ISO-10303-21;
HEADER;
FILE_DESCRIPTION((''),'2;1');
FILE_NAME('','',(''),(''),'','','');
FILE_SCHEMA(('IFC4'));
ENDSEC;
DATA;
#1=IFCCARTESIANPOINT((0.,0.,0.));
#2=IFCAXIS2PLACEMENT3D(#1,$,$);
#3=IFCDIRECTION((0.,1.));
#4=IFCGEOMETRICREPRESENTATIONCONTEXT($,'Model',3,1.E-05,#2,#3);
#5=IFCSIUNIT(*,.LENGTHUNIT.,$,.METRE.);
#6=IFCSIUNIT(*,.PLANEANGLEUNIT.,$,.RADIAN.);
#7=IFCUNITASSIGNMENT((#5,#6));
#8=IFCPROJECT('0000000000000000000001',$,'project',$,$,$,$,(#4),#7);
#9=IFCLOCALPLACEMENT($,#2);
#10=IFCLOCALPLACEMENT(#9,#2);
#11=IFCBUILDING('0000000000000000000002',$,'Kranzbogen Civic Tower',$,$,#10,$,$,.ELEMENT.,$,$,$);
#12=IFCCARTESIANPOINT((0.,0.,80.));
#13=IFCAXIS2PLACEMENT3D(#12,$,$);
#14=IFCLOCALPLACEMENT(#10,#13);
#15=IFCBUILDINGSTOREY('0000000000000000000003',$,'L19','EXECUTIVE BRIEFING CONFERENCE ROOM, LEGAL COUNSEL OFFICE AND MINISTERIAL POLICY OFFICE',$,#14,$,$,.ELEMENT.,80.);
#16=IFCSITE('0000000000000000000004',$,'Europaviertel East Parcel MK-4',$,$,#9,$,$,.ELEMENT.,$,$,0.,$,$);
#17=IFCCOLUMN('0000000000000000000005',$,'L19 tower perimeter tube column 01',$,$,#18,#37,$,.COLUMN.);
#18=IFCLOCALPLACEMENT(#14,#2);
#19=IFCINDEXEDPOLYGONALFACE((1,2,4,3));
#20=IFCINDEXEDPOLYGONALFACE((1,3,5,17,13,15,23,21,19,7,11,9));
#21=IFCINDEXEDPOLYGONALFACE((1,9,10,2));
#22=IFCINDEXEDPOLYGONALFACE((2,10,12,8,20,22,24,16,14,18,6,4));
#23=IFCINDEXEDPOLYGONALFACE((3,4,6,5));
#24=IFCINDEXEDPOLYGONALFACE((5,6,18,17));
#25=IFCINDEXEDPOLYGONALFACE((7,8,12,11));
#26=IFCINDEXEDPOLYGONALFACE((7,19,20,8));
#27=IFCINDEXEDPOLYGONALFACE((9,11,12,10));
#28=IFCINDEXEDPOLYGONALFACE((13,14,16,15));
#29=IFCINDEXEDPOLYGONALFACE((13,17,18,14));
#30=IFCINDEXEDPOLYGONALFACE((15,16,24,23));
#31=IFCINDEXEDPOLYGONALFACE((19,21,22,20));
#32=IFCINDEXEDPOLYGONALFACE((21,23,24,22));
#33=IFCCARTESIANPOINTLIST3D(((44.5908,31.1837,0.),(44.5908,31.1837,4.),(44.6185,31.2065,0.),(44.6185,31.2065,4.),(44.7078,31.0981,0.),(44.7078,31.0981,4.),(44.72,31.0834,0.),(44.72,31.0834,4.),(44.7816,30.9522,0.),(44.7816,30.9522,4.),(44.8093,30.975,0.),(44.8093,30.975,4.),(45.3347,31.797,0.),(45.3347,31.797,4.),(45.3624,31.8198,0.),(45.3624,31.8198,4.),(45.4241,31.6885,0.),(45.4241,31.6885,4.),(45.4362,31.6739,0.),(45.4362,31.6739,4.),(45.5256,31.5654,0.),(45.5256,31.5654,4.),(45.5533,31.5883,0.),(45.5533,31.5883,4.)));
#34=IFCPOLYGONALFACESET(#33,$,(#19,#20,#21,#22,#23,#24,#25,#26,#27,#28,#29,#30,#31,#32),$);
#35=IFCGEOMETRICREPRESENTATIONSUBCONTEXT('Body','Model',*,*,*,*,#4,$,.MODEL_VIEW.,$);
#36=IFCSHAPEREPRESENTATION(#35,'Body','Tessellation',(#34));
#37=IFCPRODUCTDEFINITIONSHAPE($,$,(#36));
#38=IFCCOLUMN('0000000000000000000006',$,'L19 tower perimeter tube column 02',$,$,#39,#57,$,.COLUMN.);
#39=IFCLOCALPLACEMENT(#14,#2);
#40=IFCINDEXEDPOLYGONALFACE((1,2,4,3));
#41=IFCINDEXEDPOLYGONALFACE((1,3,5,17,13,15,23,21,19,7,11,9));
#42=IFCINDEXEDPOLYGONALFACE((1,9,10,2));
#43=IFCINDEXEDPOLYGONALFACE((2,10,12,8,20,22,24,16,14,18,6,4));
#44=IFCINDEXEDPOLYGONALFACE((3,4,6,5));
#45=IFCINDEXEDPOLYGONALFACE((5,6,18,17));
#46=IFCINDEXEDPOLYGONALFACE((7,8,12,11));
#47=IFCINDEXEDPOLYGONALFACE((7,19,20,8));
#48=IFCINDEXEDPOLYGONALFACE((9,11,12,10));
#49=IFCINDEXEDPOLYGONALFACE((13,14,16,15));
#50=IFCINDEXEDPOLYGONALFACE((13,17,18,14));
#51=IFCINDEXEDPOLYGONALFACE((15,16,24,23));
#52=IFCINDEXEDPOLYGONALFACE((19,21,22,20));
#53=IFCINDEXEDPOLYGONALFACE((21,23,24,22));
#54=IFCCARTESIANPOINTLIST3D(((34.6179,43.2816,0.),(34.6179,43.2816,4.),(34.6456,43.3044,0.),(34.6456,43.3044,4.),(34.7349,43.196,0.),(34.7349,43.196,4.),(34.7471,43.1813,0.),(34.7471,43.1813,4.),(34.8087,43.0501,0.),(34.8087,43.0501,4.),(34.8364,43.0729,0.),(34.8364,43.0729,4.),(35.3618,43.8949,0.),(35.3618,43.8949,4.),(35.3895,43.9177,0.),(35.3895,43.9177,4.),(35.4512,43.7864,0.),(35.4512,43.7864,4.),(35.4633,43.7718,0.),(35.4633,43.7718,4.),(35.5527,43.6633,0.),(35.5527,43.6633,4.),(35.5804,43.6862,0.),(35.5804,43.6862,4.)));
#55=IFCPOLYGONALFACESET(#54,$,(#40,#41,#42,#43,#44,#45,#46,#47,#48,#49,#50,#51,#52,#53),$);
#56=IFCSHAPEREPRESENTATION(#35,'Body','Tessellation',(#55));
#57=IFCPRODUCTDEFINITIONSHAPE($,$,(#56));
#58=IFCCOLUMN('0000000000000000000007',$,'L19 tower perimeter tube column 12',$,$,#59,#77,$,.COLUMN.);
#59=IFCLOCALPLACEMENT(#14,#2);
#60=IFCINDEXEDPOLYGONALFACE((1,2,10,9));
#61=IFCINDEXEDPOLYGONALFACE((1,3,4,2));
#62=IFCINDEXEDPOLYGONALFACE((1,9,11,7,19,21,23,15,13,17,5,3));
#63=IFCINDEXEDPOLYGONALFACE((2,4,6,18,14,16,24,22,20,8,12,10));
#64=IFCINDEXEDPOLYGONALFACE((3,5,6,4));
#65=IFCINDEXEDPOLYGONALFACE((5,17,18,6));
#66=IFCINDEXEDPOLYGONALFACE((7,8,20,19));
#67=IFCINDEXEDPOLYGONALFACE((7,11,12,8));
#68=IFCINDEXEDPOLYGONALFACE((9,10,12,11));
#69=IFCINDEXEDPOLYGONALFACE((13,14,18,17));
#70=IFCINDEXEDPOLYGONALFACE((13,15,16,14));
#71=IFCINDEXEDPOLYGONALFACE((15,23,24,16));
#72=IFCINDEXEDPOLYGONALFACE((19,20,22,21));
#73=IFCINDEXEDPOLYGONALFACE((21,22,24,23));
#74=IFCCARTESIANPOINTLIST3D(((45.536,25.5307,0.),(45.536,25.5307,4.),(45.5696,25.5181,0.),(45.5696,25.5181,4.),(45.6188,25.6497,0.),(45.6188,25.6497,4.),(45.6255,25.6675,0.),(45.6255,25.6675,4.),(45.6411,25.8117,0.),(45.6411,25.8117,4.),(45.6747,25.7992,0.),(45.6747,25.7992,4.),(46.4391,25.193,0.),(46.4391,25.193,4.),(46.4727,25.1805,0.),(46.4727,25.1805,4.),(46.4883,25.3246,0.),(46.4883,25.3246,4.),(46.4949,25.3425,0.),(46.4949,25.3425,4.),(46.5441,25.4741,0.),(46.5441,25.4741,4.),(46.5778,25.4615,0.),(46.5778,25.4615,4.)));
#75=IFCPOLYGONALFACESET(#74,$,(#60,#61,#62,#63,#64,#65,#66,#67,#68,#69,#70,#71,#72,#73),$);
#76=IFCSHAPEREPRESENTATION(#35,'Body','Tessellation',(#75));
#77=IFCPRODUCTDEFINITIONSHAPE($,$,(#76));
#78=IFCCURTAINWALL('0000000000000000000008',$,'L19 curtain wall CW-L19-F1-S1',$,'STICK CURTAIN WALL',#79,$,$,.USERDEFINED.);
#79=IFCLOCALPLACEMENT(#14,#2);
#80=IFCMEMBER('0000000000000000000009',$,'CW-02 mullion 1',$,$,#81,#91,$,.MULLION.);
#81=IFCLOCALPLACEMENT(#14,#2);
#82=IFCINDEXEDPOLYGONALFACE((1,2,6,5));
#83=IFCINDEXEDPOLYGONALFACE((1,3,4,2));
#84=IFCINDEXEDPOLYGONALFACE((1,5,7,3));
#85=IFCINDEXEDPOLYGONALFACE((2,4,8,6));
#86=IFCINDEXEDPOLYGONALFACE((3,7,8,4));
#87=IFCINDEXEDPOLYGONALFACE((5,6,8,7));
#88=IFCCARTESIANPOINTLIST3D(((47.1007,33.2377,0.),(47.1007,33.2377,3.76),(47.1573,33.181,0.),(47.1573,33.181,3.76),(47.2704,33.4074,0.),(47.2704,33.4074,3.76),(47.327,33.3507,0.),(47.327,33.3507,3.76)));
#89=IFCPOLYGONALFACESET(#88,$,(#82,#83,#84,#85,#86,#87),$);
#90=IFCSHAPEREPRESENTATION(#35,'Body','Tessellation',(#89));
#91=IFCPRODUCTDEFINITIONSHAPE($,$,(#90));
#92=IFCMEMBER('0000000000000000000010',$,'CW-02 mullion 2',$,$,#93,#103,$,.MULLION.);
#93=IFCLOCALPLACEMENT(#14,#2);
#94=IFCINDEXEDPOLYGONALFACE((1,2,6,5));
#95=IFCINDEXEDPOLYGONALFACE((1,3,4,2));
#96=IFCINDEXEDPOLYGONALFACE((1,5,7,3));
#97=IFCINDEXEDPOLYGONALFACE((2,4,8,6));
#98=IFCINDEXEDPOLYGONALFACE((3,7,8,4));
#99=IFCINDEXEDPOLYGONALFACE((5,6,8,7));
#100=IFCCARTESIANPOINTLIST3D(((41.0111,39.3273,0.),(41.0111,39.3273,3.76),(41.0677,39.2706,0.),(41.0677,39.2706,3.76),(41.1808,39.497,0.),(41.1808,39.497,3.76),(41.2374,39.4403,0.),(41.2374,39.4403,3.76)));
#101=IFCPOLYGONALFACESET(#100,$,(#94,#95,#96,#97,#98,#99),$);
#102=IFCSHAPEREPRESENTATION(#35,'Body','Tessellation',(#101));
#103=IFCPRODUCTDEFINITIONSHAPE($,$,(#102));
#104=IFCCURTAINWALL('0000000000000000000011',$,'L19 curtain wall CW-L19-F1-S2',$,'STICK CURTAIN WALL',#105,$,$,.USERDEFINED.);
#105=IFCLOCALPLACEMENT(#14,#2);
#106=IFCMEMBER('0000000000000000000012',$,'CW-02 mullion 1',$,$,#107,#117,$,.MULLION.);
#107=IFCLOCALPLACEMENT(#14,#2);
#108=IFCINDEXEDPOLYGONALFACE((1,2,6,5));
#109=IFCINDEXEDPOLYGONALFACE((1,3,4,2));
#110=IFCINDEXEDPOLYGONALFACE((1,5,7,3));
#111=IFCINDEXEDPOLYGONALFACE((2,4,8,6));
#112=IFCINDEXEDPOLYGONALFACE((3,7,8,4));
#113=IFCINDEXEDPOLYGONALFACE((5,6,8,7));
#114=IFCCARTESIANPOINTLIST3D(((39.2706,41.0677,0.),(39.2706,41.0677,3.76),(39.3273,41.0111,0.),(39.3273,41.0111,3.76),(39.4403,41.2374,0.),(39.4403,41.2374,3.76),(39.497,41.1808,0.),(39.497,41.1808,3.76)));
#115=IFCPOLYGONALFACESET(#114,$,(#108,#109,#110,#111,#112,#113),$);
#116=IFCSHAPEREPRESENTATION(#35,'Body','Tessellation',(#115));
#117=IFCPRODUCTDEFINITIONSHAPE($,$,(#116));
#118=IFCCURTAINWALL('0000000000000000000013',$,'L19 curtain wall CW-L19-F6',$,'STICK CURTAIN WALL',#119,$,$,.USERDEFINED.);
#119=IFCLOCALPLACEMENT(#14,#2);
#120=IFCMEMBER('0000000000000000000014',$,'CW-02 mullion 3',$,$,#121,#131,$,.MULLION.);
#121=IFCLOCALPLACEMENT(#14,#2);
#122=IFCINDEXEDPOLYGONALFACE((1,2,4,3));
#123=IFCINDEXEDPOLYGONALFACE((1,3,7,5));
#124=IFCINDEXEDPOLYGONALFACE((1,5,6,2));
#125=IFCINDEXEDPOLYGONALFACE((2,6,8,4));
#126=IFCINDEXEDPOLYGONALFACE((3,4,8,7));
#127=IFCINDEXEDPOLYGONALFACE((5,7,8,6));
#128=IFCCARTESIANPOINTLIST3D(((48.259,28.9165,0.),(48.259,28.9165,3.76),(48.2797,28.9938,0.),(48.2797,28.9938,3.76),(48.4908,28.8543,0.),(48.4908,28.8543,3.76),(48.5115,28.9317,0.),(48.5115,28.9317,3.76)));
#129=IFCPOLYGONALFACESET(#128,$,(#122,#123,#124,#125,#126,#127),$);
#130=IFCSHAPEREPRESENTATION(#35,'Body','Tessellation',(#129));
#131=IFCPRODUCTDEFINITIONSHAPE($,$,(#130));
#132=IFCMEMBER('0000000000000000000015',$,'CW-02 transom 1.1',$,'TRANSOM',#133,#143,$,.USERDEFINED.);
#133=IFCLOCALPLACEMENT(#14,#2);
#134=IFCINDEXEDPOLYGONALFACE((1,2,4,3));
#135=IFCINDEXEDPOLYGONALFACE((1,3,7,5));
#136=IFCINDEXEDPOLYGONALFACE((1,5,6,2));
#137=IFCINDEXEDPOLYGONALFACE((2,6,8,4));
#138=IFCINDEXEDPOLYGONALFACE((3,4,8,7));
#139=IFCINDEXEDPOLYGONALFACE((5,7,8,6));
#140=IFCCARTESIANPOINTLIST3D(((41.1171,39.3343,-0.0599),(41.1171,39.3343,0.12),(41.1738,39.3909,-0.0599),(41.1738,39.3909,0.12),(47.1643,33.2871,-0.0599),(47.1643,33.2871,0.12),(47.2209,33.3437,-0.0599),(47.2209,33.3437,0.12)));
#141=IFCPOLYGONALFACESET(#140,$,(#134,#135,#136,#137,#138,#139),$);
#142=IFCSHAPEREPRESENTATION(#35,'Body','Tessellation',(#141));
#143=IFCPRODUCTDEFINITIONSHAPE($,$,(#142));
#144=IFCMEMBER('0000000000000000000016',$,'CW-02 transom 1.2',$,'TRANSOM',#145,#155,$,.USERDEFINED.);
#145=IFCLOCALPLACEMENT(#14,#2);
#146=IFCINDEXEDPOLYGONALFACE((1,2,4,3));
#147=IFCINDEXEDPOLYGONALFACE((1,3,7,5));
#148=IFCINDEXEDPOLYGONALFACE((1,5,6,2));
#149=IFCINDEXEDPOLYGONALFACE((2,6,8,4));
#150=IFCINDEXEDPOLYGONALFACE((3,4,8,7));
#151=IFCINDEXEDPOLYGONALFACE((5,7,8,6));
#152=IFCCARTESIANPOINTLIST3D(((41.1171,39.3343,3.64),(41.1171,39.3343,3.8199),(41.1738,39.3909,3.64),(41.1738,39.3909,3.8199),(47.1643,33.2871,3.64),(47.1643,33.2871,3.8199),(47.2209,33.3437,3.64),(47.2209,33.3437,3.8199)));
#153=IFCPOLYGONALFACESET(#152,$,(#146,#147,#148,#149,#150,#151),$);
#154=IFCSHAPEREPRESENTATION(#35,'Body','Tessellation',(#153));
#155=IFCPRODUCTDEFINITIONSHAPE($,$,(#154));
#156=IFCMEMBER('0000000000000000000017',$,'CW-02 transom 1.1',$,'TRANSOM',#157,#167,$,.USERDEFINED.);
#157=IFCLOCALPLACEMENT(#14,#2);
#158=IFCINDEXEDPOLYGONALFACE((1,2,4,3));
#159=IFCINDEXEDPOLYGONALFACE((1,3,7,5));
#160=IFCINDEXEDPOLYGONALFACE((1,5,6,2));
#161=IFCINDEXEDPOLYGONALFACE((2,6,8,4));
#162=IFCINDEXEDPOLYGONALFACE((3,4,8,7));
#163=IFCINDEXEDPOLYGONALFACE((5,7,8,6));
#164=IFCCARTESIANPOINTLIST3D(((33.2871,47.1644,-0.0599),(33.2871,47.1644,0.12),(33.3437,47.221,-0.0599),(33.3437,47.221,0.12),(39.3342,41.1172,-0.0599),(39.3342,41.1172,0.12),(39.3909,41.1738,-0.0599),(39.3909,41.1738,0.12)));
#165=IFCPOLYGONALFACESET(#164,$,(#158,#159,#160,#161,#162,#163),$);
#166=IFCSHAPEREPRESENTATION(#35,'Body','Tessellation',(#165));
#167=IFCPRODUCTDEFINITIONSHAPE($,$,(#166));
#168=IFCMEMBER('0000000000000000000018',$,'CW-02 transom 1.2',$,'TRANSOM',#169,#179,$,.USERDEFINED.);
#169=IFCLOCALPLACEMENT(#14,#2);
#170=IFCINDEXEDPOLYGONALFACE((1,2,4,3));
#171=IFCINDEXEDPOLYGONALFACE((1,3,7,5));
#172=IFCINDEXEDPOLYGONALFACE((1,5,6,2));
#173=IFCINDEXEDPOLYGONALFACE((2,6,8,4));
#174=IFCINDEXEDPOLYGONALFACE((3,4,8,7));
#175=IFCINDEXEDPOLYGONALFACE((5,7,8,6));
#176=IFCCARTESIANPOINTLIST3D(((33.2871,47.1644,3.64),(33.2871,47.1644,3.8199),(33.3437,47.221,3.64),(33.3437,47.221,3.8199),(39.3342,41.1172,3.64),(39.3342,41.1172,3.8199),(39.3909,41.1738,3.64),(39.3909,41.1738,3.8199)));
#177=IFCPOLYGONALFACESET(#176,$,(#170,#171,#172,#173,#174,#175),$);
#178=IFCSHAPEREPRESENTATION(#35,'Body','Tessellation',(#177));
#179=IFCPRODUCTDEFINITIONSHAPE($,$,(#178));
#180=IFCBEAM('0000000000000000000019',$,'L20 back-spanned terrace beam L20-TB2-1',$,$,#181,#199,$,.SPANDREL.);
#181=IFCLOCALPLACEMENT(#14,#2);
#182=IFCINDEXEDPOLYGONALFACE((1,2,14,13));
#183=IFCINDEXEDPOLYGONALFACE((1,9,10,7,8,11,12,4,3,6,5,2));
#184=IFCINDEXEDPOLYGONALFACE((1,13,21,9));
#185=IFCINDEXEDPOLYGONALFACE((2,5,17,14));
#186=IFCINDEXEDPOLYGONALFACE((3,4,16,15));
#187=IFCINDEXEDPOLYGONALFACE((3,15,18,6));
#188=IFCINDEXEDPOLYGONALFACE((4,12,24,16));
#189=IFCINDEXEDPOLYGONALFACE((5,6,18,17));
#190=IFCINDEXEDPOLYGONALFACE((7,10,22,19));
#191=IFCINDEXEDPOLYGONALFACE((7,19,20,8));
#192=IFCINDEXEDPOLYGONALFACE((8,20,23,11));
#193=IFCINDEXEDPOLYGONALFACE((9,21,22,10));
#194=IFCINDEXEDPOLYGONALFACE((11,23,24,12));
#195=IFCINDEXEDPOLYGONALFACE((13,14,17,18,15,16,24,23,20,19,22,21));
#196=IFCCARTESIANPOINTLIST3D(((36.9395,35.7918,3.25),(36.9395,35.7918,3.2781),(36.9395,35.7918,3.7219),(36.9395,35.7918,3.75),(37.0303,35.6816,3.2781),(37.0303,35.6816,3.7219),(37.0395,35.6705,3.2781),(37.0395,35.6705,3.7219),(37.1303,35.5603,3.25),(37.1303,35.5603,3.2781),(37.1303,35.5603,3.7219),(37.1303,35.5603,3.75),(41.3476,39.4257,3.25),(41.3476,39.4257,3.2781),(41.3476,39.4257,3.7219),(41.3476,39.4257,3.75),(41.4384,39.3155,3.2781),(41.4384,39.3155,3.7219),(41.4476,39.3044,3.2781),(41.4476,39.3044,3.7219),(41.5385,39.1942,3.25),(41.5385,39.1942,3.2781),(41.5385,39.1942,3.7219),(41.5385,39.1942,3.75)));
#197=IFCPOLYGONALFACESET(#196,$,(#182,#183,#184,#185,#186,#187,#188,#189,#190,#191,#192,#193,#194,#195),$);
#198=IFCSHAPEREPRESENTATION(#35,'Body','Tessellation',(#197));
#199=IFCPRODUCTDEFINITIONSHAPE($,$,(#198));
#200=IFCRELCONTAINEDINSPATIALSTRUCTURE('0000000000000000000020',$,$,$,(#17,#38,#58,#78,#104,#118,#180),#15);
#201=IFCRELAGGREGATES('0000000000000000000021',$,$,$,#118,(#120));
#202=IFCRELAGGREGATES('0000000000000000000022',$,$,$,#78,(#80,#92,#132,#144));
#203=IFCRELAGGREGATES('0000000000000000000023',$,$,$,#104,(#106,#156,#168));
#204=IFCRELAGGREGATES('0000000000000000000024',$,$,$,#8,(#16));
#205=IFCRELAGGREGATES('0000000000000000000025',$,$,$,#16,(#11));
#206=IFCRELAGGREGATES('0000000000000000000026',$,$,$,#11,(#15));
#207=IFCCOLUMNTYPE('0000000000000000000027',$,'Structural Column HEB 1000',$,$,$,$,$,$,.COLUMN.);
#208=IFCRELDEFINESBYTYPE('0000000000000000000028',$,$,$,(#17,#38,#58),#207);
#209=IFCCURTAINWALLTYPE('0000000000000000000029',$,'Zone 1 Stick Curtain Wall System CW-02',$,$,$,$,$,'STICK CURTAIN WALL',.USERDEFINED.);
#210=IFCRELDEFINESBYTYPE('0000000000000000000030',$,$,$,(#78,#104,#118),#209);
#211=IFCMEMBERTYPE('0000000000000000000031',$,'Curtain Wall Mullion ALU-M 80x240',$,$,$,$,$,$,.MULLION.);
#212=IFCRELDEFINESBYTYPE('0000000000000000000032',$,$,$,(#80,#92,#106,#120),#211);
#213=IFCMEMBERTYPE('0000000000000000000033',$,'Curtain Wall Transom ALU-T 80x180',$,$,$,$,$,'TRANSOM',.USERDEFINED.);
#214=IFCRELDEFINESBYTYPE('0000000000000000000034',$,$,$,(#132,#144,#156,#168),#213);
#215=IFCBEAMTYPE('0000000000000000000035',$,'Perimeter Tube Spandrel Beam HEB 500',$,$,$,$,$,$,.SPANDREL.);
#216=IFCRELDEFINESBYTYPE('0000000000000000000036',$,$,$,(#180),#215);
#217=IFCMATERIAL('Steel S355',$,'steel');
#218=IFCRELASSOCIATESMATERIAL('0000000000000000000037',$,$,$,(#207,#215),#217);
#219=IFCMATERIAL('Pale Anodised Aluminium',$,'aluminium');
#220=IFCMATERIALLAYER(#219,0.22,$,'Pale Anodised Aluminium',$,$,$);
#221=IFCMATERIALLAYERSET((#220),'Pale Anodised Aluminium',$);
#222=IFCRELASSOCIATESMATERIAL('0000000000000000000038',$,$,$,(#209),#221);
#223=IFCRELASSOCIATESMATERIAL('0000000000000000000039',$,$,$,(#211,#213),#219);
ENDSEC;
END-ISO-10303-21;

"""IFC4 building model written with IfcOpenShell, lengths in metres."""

from ifc_helpers import new_model, si_unit, direction, frame, origin, origin_2d, place, context, subcontext, project, spatial, rectangle, i_section, extrude, material, layer, layer_set, material_profile, profile_set, type_object, element, aggregate, save


model = new_model("IFC4")

# Units and contexts
model_context = context("Model", 3, precision=1e-05, world=origin(), true_north=direction((0.0, 1.0)))
body_context = subcontext(model_context, "Body", "Model", "MODEL_VIEW")
ifc_project = project(units=[si_unit("LENGTHUNIT", "METRE"), si_unit("PLANEANGLEUNIT", "RADIAN")], contexts=[model_context])

# Site, building, storey
site_placement = place(None, origin())
site = spatial("IfcSite", under=ifc_project, at=site_placement, Name="Europaviertel East Parcel MK-4", CompositionType="ELEMENT", RefElevation=0.0)
building_placement = place(site_placement, origin())
building = spatial("IfcBuilding", under=site, at=building_placement, Name="Kranzbogen Civic Tower", CompositionType="ELEMENT")
storey_placement = place(building_placement, frame((0.0, 0.0, 80.0)))
storey = spatial("IfcBuildingStorey", under=building, at=storey_placement, Name="L19", Description="EXECUTIVE BRIEFING CONFERENCE ROOM, LEGAL COUNSEL OFFICE AND MINISTERIAL POLICY OFFICE", CompositionType="ELEMENT", Elevation=80.0)

# Columns
ifc_material_1 = material(Name="Steel S355", Category="steel")
ifc_material_profile_1 = material_profile(ifc_material_1, i_section(OverallWidth=0.3, OverallDepth=1.0, WebThickness=0.019, FlangeThickness=0.0359, at=origin_2d()), Name="HEB 1000")
ifc_profile_set_1 = profile_set([ifc_material_profile_1], Name="Steel S355")
column_type = type_object("IfcColumnType", Name="Structural Column HEB 1000", PredefinedType="COLUMN", material=ifc_profile_set_1)
for number, where, z_axis, x_axis, name in (
    (1, (45.072, 31.386, 0.0), (0.0, 0.0, 1.0), (-0.636078, 0.771625, 0.0), "L19 tower perimeter tube column 01"),
    (2, (35.0991, 43.4839, 0.0), (0.0, 0.0, 1.0), (-0.636078, 0.771625, 0.0), "L19 tower perimeter tube column 02"),
    (3, (46.0569, 25.4961, 0.0), (0.0, 0.0, 1.0), (0.350207, 0.936672, 0.0), "L19 tower perimeter tube column 12"),
):
    element("IfcColumn", number, at=place(storey_placement, frame(where, z_axis=z_axis, x_axis=x_axis)), inside=storey, type_object=column_type, Name=name, PredefinedType="COLUMN", context=body_context, shape_type="SweptSolid", body=[
        extrude(i_section(OverallWidth=0.3, OverallDepth=1.0, WebThickness=0.019, FlangeThickness=0.0359, at=origin_2d()), origin(), (0.0, 0.0, 1.0), 4.0),
    ])

# Curtain wall, members
ifc_material_2 = material(Name="Pale Anodised Aluminium", Category="aluminium")
ifc_layer_1 = layer(ifc_material_2, 0.22, Name="Pale Anodised Aluminium")
ifc_layer_set_1 = layer_set([ifc_layer_1], Name="Pale Anodised Aluminium")
curtain_wall_type = type_object("IfcCurtainWallType", Name="Zone 1 Stick Curtain Wall System CW-02", ElementType="STICK CURTAIN WALL", PredefinedType="USERDEFINED", material=ifc_layer_set_1)
curtain_wall_1_placement = place(storey_placement, origin())
curtain_wall_1 = element("IfcCurtainWall", 4, at=curtain_wall_1_placement, inside=storey, type_object=curtain_wall_type, Name="L19 curtain wall CW-L19-F1-S1", ObjectType="STICK CURTAIN WALL", PredefinedType="USERDEFINED")
ifc_material_profile_2 = material_profile(ifc_material_2, rectangle(XDim=0.0801, YDim=0.24, at=origin_2d()), Name="ALU-M 80x240")
ifc_profile_set_2 = profile_set([ifc_material_profile_2], Name="Pale Anodised Aluminium")
member_type_1 = type_object("IfcMemberType", Name="Curtain Wall Mullion ALU-M 80x240", PredefinedType="MULLION", material=ifc_profile_set_2)
member_1_placement = place(storey_placement, frame((47.2139, 33.2942, 0.0), z_axis=(0.0, 0.0, 1.0), x_axis=(-0.707107, 0.707107, 0.0)))
member_1 = element("IfcMember", 5, at=member_1_placement, type_object=member_type_1, Name="CW-02 mullion 1", PredefinedType="MULLION", context=body_context, shape_type="SweptSolid", body=[
    extrude(rectangle(XDim=0.0801, YDim=0.24, at=origin_2d()), origin(), (0.0, 0.0, 1.0), 3.76),
])
member_2_placement = place(storey_placement, frame((41.1243, 39.3838, 0.0), z_axis=(0.0, 0.0, 1.0), x_axis=(-0.707107, 0.707107, 0.0)))
member_2 = element("IfcMember", 6, at=member_2_placement, type_object=member_type_1, Name="CW-02 mullion 2", PredefinedType="MULLION", context=body_context, shape_type="SweptSolid", body=[
    extrude(rectangle(XDim=0.0801, YDim=0.24, at=origin_2d()), origin(), (0.0, 0.0, 1.0), 3.76),
])

# Curtain walls, members
curtain_wall_2_placement = place(storey_placement, origin())
curtain_wall_2 = element("IfcCurtainWall", 7, at=curtain_wall_2_placement, inside=storey, type_object=curtain_wall_type, Name="L19 curtain wall CW-L19-F1-S2", ObjectType="STICK CURTAIN WALL", PredefinedType="USERDEFINED")
member_3_placement = place(storey_placement, frame((39.3838, 41.1243, 0.0), z_axis=(0.0, 0.0, 1.0), x_axis=(-0.707107, 0.707107, 0.0)))
member_3 = element("IfcMember", 8, at=member_3_placement, type_object=member_type_1, Name="CW-02 mullion 1", PredefinedType="MULLION", context=body_context, shape_type="SweptSolid", body=[
    extrude(rectangle(XDim=0.0801, YDim=0.24, at=origin_2d()), origin(), (0.0, 0.0, 1.0), 3.76),
])
curtain_wall_3_placement = place(storey_placement, origin())
curtain_wall_3 = element("IfcCurtainWall", 9, at=curtain_wall_3_placement, inside=storey, type_object=curtain_wall_type, Name="L19 curtain wall CW-L19-F6", ObjectType="STICK CURTAIN WALL", PredefinedType="USERDEFINED")
member_4_placement = place(storey_placement, frame((48.3853, 28.9241, 0.0), z_axis=(0.0, 0.0, 1.0), x_axis=(0.258851, 0.965917, 0.0)))
member_4 = element("IfcMember", 10, at=member_4_placement, type_object=member_type_1, Name="CW-02 mullion 3", PredefinedType="MULLION", context=body_context, shape_type="SweptSolid", body=[
    extrude(rectangle(XDim=0.0801, YDim=0.24, at=origin_2d()), origin(), (0.0, 0.0, 1.0), 3.76),
])
aggregate(curtain_wall_3, [member_4])

# Members
ifc_material_profile_3 = material_profile(ifc_material_2, rectangle(XDim=0.0801, YDim=0.1799, at=origin_2d()), Name="ALU-T 80x180")
ifc_profile_set_3 = profile_set([ifc_material_profile_3], Name="Pale Anodised Aluminium")
member_type_2 = type_object("IfcMemberType", Name="Curtain Wall Transom ALU-T 80x180", ElementType="TRANSOM", PredefinedType="USERDEFINED", material=ifc_profile_set_3)
member_5_placement = place(storey_placement, frame((47.1926, 33.3154, 0.03), z_axis=(-0.707107, 0.707107, 0.0), x_axis=(-0.707107, -0.707107, 0.0)))
member_5 = element("IfcMember", 11, at=member_5_placement, type_object=member_type_2, Name="CW-02 transom 1.1", ObjectType="TRANSOM", PredefinedType="USERDEFINED", context=body_context, shape_type="SweptSolid", body=[
    extrude(rectangle(XDim=0.0801, YDim=0.1799, at=origin_2d()), origin(), (0.0, 0.0, 1.0), 8.552),
])
member_6_placement = place(storey_placement, frame((47.1926, 33.3154, 3.73), z_axis=(-0.707107, 0.707107, 0.0), x_axis=(-0.707107, -0.707107, 0.0)))
member_6 = element("IfcMember", 12, at=member_6_placement, type_object=member_type_2, Name="CW-02 transom 1.2", ObjectType="TRANSOM", PredefinedType="USERDEFINED", context=body_context, shape_type="SweptSolid", body=[
    extrude(rectangle(XDim=0.0801, YDim=0.1799, at=origin_2d()), origin(), (0.0, 0.0, 1.0), 8.552),
])
member_7_placement = place(storey_placement, frame((39.3625, 41.1455, 0.03), z_axis=(-0.707107, 0.707107, 0.0), x_axis=(-0.707107, -0.707107, 0.0)))
member_7 = element("IfcMember", 13, at=member_7_placement, type_object=member_type_2, Name="CW-02 transom 1.1", ObjectType="TRANSOM", PredefinedType="USERDEFINED", context=body_context, shape_type="SweptSolid", body=[
    extrude(rectangle(XDim=0.0801, YDim=0.1799, at=origin_2d()), origin(), (0.0, 0.0, 1.0), 8.552),
])
member_8_placement = place(storey_placement, frame((39.3625, 41.1455, 3.73), z_axis=(-0.707107, 0.707107, 0.0), x_axis=(-0.707107, -0.707107, 0.0)))
member_8 = element("IfcMember", 14, at=member_8_placement, type_object=member_type_2, Name="CW-02 transom 1.2", ObjectType="TRANSOM", PredefinedType="USERDEFINED", context=body_context, shape_type="SweptSolid", body=[
    extrude(rectangle(XDim=0.0801, YDim=0.1799, at=origin_2d()), origin(), (0.0, 0.0, 1.0), 8.552),
])

# Beam
ifc_material_profile_4 = material_profile(ifc_material_1, i_section(OverallWidth=0.3, OverallDepth=0.5, WebThickness=0.0144, FlangeThickness=0.0281, at=origin_2d()), Name="HEB 500")
ifc_profile_set_4 = profile_set([ifc_material_profile_4], Name="Steel S355")
beam_type_1 = type_object("IfcBeamType", Name="Perimeter Tube Spandrel Beam HEB 500", PredefinedType="SPANDREL", material=ifc_profile_set_4)
beam_1_placement = place(storey_placement, frame((37.0349, 35.676, 3.5), z_axis=(0.771608, 0.636098, 0.0), x_axis=(-0.636098, 0.771608, 0.0)))
element("IfcBeam", 15, at=beam_1_placement, inside=storey, type_object=beam_type_1, Name="L20 back-spanned terrace beam L20-TB2-1", PredefinedType="SPANDREL", context=body_context, shape_type="SweptSolid", body=[
    extrude(i_section(OverallWidth=0.3, OverallDepth=0.5, WebThickness=0.0144, FlangeThickness=0.0281, at=origin_2d()), origin(), (0.0, 0.0, 1.0), 5.7129),
])

aggregate(curtain_wall_1, [member_1, member_2, member_5, member_6])
aggregate(curtain_wall_2, [member_3, member_7, member_8])

save(model, "model.ifc")
